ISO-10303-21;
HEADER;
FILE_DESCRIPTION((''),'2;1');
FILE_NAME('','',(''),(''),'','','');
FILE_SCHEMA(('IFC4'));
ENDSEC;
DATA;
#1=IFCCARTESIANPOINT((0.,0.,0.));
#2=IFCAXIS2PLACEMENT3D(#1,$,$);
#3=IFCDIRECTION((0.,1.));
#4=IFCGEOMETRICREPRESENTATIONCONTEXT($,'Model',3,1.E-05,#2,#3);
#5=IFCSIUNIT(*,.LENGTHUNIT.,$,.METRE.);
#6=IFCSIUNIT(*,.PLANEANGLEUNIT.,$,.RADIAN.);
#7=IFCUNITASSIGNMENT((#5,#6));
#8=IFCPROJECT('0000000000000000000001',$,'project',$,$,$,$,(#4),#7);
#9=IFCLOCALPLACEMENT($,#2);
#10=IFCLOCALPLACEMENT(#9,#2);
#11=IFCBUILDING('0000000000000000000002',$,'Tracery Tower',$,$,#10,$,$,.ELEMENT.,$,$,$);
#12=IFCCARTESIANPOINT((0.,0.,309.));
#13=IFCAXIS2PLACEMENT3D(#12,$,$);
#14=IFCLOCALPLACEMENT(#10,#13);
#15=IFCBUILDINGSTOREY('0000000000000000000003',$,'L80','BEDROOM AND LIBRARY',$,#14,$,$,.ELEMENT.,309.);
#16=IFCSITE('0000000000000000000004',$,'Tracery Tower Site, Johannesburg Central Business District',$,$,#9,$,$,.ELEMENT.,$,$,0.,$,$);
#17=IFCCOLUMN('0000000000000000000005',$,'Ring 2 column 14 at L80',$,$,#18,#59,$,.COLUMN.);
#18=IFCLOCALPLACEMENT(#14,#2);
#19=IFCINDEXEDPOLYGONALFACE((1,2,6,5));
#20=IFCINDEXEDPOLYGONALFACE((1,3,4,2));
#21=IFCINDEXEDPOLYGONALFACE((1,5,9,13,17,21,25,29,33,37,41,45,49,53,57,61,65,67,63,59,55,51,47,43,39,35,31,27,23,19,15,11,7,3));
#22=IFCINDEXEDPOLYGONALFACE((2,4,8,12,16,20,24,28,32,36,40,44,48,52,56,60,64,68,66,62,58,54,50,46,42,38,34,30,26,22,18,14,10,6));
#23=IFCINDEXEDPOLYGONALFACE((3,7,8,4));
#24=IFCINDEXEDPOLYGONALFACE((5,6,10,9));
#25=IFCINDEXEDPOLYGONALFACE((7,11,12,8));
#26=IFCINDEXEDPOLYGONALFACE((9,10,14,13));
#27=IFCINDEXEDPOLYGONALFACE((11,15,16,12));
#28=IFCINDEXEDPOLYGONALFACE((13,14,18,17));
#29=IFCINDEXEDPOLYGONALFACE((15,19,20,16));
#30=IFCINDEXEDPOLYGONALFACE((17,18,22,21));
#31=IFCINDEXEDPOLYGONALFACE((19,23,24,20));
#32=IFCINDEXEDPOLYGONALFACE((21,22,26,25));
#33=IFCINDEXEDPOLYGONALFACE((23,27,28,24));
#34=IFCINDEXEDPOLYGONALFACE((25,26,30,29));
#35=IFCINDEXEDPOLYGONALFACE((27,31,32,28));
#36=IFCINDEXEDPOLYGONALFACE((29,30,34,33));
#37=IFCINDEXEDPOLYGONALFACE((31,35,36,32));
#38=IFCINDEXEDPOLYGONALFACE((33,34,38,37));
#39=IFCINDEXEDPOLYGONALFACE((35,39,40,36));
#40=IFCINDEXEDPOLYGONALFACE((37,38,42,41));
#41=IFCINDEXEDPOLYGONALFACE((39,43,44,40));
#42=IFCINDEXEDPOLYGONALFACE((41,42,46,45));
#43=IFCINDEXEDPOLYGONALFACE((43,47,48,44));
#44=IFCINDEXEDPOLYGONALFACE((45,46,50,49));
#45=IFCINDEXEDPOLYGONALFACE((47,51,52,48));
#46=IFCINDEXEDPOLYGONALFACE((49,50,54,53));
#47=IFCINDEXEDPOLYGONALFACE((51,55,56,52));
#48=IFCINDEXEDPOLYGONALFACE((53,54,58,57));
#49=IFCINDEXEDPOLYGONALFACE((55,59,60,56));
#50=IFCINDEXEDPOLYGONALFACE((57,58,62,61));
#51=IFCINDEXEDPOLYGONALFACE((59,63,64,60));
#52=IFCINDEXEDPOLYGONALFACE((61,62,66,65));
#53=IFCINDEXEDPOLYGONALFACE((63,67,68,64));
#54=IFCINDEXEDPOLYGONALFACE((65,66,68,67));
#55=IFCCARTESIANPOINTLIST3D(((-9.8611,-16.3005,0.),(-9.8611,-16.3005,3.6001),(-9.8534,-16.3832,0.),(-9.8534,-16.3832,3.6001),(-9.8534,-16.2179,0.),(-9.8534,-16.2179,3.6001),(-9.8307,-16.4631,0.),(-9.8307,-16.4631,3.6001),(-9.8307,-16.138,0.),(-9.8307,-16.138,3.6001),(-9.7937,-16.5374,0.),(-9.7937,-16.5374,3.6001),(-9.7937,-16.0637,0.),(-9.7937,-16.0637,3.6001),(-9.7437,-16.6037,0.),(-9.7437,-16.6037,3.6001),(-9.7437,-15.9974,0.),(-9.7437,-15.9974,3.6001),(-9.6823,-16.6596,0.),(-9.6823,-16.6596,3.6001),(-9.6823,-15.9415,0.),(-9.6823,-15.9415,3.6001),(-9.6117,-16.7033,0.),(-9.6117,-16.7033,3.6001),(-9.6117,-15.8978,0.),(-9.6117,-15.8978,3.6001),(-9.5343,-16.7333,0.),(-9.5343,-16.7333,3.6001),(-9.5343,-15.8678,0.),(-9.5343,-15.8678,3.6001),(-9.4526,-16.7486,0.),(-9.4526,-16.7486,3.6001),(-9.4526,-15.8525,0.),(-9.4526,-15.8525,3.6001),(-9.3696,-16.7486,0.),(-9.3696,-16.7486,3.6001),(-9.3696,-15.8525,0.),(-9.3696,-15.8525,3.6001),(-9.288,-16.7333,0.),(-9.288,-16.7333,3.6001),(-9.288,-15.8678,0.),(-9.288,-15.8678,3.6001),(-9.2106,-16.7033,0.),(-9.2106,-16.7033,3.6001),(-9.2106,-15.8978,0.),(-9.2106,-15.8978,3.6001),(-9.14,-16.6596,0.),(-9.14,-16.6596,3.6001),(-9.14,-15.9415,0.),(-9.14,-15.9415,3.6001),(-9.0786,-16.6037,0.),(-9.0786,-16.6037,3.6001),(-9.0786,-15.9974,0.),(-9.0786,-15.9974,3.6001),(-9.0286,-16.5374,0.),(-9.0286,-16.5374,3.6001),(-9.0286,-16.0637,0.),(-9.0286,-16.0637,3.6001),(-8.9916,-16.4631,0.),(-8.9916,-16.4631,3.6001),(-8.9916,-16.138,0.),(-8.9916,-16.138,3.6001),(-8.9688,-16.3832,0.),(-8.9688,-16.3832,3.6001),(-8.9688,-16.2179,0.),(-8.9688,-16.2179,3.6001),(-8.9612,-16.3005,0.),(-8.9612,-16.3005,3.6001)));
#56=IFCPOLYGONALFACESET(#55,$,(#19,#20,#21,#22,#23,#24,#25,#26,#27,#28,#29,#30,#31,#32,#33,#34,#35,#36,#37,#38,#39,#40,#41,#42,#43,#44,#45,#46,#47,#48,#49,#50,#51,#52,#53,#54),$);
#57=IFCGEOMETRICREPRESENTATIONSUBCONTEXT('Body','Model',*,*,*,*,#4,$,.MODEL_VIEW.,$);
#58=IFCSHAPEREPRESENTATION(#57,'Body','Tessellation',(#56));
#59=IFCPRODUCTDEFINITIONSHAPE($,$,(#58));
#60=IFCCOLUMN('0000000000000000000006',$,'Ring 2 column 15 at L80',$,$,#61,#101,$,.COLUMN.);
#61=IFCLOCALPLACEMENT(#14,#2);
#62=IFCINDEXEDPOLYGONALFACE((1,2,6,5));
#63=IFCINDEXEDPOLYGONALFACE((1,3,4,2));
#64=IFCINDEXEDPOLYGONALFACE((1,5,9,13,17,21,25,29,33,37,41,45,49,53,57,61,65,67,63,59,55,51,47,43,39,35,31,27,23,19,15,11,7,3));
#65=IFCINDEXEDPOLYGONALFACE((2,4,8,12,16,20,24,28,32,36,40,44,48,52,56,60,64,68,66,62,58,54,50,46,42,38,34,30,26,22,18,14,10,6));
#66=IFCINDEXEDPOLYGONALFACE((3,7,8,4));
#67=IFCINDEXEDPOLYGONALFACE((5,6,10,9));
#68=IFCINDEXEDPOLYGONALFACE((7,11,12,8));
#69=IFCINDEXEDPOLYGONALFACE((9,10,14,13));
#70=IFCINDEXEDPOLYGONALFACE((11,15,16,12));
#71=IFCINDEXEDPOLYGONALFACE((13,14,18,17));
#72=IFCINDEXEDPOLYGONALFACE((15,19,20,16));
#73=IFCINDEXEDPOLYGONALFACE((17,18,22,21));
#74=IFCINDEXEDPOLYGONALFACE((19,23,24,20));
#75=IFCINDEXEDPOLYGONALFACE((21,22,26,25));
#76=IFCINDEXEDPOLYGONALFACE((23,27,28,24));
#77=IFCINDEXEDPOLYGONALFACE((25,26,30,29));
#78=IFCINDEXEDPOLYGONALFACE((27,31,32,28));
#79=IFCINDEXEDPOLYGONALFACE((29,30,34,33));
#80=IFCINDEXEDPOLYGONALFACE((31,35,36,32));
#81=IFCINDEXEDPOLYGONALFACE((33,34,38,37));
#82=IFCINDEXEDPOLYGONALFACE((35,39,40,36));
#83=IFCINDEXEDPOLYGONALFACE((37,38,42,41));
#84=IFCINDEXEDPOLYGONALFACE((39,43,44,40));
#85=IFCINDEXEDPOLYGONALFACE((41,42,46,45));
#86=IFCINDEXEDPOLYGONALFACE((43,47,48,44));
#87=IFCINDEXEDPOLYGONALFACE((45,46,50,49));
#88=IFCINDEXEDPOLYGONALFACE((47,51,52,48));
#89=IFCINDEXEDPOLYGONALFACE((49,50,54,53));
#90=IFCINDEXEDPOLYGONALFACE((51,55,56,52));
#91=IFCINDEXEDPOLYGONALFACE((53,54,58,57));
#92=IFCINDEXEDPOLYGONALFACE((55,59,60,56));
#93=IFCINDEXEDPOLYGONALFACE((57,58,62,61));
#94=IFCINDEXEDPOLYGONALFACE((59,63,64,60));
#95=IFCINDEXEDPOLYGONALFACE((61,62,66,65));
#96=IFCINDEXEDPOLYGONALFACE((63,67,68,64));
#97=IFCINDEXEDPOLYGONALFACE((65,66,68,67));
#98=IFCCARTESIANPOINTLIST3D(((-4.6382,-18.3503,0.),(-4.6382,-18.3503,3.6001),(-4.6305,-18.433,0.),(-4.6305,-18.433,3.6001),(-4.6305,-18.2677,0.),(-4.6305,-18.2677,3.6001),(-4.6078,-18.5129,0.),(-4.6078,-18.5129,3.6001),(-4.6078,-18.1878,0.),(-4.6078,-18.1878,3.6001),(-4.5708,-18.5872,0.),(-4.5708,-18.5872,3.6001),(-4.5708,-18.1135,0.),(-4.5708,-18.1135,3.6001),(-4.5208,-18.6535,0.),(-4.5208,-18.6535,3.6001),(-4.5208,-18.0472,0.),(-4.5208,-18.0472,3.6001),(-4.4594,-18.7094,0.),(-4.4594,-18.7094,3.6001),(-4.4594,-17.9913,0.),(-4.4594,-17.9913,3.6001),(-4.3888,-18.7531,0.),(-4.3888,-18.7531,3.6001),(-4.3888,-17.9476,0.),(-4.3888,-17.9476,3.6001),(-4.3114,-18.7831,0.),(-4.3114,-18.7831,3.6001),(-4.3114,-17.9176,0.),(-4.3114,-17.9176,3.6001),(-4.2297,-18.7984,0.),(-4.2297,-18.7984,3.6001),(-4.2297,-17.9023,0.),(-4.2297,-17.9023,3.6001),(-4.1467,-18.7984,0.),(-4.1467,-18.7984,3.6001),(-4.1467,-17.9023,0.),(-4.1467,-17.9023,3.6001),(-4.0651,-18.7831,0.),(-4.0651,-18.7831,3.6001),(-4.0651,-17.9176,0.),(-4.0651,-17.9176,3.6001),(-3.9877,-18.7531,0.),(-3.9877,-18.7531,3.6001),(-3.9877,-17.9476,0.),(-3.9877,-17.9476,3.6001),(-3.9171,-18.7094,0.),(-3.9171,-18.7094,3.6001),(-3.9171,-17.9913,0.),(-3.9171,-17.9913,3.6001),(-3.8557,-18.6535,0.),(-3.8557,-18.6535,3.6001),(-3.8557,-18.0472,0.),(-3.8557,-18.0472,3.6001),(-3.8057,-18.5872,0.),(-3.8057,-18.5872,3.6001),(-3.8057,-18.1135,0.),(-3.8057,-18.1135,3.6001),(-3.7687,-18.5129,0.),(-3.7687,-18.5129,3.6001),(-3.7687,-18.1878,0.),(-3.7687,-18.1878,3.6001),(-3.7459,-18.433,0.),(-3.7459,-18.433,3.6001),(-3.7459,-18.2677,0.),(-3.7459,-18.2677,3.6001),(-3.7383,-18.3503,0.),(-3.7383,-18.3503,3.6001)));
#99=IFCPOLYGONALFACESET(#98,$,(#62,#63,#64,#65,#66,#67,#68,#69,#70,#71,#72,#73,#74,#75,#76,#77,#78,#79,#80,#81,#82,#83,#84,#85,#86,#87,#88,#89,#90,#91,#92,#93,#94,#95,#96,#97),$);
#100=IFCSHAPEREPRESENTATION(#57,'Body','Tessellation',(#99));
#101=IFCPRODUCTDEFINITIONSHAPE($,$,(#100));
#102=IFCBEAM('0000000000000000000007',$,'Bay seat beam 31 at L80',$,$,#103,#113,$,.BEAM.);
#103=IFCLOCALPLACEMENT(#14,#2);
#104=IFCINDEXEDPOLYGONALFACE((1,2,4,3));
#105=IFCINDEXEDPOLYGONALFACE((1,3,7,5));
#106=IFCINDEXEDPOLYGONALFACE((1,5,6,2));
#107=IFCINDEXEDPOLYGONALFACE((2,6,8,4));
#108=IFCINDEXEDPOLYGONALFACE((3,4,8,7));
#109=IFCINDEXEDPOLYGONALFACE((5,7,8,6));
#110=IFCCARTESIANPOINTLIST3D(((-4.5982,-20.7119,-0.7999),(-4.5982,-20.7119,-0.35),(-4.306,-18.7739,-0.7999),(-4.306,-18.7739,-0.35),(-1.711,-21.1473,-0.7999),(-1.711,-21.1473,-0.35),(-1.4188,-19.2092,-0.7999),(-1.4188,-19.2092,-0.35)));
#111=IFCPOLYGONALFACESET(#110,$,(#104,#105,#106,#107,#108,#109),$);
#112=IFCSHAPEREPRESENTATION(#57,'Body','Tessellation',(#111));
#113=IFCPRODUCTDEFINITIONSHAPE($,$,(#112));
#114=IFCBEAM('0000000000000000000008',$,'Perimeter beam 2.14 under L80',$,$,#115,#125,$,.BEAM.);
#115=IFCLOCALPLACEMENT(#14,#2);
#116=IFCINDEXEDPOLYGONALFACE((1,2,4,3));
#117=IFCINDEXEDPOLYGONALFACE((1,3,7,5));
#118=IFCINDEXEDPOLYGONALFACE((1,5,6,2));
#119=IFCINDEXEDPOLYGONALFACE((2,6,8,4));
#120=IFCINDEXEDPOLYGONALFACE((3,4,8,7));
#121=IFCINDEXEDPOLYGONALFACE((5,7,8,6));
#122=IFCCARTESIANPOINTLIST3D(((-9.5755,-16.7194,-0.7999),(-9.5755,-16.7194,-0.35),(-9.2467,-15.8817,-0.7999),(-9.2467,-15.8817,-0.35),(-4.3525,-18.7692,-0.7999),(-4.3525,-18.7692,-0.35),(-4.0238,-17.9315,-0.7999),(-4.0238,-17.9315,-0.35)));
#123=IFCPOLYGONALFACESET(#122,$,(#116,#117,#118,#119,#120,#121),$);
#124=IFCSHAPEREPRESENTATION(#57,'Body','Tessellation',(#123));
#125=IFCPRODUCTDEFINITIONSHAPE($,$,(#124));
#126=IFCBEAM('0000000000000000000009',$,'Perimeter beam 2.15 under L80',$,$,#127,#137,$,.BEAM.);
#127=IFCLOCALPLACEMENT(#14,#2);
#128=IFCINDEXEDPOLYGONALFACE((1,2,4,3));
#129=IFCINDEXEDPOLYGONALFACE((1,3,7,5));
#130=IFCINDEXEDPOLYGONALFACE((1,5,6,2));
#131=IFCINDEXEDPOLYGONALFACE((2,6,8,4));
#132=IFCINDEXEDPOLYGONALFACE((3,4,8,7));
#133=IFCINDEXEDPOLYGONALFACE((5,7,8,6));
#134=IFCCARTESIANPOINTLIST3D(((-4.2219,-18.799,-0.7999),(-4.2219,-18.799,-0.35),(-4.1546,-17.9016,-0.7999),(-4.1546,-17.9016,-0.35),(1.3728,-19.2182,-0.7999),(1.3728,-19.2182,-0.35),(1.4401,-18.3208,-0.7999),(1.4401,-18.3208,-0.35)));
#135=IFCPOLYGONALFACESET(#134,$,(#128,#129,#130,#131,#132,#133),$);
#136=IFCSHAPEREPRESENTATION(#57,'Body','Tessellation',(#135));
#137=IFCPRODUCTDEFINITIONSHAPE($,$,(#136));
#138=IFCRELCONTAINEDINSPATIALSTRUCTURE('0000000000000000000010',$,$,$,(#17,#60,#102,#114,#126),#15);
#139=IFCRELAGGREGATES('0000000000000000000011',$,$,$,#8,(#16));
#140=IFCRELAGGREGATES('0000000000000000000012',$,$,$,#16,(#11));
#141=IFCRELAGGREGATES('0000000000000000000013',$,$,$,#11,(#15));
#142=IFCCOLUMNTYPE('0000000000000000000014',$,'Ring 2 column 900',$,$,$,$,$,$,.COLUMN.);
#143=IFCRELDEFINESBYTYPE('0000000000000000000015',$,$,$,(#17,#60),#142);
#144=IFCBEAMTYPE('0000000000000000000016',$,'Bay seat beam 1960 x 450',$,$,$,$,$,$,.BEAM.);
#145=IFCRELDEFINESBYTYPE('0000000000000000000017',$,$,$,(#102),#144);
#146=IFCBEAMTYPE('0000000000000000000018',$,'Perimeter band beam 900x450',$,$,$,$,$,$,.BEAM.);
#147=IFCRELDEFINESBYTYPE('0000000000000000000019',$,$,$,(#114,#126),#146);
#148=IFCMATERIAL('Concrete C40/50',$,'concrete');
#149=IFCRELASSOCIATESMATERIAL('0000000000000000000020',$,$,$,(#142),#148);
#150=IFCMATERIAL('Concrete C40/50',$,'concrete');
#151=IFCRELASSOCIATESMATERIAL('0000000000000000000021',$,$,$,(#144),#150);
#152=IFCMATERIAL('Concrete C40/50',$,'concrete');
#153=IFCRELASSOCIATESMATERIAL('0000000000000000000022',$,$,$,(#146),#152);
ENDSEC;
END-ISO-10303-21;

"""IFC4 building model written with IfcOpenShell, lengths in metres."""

from ifc_helpers import new_model, si_unit, direction, frame, origin, origin_2d, place, context, subcontext, project, spatial, rectangle, circle, extrude, material, material_profile, profile_set, type_object, element, save


model = new_model("IFC4")

# Units and contexts
model_context = context("Model", 3, precision=1e-05, world=origin(), true_north=direction((0.0, 1.0)))
body_context = subcontext(model_context, "Body", "Model", "MODEL_VIEW")
ifc_project = project(units=[si_unit("LENGTHUNIT", "METRE"), si_unit("PLANEANGLEUNIT", "RADIAN")], contexts=[model_context])

# Site, building, storey
site_placement = place(None, origin())
site = spatial("IfcSite", under=ifc_project, at=site_placement, Name="Tracery Tower Site, Johannesburg Central Business District", CompositionType="ELEMENT", RefElevation=0.0)
building_placement = place(site_placement, origin())
building = spatial("IfcBuilding", under=site, at=building_placement, Name="Tracery Tower", CompositionType="ELEMENT")
storey_placement = place(building_placement, frame((0.0, 0.0, 309.0)))
storey = spatial("IfcBuildingStorey", under=building, at=storey_placement, Name="L80", Description="BEDROOM AND LIBRARY", CompositionType="ELEMENT", Elevation=309.0)

# Columns
ifc_material_1 = material(Name="Concrete C40/50", Category="concrete")
ifc_material_profile_1 = material_profile(ifc_material_1, circle(Radius=0.45, at=origin_2d()), Name="RC D900")
ifc_profile_set_1 = profile_set([ifc_material_profile_1], Name="Concrete C40/50")
column_type = type_object("IfcColumnType", Name="Ring 2 column 900", PredefinedType="COLUMN", material=ifc_profile_set_1)
for number, where, z_axis, x_axis, name in (
    (1, (-9.4111, -16.3005, 0.0), (0.0, 0.0, 1.0), (1.0, 0.0, 0.0), "Ring 2 column 14 at L80"),
    (2, (-4.1882, -18.3503, 0.0), (0.0, 0.0, 1.0), (1.0, 0.0, 0.0), "Ring 2 column 15 at L80"),
):
    element("IfcColumn", number, at=place(storey_placement, frame(where, z_axis=z_axis, x_axis=x_axis)), inside=storey, type_object=column_type, Name=name, PredefinedType="COLUMN", context=body_context, shape_type="SweptSolid", body=[
        extrude(circle(Radius=0.45, at=origin_2d()), origin(), (0.0, 0.0, 1.0), 3.6001),
    ])

# Beams
ifc_material_2 = material(Name="Concrete C40/50", Category="concrete")
ifc_material_profile_2 = material_profile(ifc_material_2, rectangle(XDim=1.96, YDim=0.45, at=origin_2d()), Name="RC 1960x450")
ifc_profile_set_2 = profile_set([ifc_material_profile_2], Name="Concrete C40/50")
beam_type_1 = type_object("IfcBeamType", Name="Bay seat beam 1960 x 450", PredefinedType="BEAM", material=ifc_profile_set_2)
beam_1_placement = place(storey_placement, frame((-4.4521, -19.7429, -0.575), z_axis=(0.988824, -0.149085, 0.0), x_axis=(0.149085, 0.988824, 0.0)))
element("IfcBeam", 3, at=beam_1_placement, inside=storey, type_object=beam_type_1, Name="Bay seat beam 31 at L80", PredefinedType="BEAM", context=body_context, shape_type="SweptSolid", body=[
    extrude(rectangle(XDim=1.96, YDim=0.45, at=origin_2d()), origin(), (0.0, 0.0, 1.0), 2.9199),
])
ifc_material_3 = material(Name="Concrete C40/50", Category="concrete")
ifc_material_profile_3 = material_profile(ifc_material_3, rectangle(XDim=0.8999, YDim=0.45, at=origin_2d()), Name="RC 900x450")
ifc_profile_set_3 = profile_set([ifc_material_profile_3], Name="Concrete C40/50")
beam_type_2 = type_object("IfcBeamType", Name="Perimeter band beam 900x450", PredefinedType="BEAM", material=ifc_profile_set_3)
beam_2_placement = place(storey_placement, frame((-9.4111, -16.3005, -0.575), z_axis=(0.930876, -0.365336, 0.0), x_axis=(0.365336, 0.930876, 0.0)))
element("IfcBeam", 4, at=beam_2_placement, inside=storey, type_object=beam_type_2, Name="Perimeter beam 2.14 under L80", PredefinedType="BEAM", context=body_context, shape_type="SweptSolid", body=[
    extrude(rectangle(XDim=0.8999, YDim=0.45, at=origin_2d()), origin(), (0.0, 0.0, 1.0), 5.6108),
])
beam_3_placement = place(storey_placement, frame((-4.1882, -18.3503, -0.575), z_axis=(0.997205, -0.074716, 0.0), x_axis=(0.074716, 0.997205, 0.0)))
element("IfcBeam", 5, at=beam_3_placement, inside=storey, type_object=beam_type_2, Name="Perimeter beam 2.15 under L80", PredefinedType="BEAM", context=body_context, shape_type="SweptSolid", body=[
    extrude(rectangle(XDim=0.8999, YDim=0.45, at=origin_2d()), origin(), (0.0, 0.0, 1.0), 5.6104),
])

save(model, "model.ifc")
